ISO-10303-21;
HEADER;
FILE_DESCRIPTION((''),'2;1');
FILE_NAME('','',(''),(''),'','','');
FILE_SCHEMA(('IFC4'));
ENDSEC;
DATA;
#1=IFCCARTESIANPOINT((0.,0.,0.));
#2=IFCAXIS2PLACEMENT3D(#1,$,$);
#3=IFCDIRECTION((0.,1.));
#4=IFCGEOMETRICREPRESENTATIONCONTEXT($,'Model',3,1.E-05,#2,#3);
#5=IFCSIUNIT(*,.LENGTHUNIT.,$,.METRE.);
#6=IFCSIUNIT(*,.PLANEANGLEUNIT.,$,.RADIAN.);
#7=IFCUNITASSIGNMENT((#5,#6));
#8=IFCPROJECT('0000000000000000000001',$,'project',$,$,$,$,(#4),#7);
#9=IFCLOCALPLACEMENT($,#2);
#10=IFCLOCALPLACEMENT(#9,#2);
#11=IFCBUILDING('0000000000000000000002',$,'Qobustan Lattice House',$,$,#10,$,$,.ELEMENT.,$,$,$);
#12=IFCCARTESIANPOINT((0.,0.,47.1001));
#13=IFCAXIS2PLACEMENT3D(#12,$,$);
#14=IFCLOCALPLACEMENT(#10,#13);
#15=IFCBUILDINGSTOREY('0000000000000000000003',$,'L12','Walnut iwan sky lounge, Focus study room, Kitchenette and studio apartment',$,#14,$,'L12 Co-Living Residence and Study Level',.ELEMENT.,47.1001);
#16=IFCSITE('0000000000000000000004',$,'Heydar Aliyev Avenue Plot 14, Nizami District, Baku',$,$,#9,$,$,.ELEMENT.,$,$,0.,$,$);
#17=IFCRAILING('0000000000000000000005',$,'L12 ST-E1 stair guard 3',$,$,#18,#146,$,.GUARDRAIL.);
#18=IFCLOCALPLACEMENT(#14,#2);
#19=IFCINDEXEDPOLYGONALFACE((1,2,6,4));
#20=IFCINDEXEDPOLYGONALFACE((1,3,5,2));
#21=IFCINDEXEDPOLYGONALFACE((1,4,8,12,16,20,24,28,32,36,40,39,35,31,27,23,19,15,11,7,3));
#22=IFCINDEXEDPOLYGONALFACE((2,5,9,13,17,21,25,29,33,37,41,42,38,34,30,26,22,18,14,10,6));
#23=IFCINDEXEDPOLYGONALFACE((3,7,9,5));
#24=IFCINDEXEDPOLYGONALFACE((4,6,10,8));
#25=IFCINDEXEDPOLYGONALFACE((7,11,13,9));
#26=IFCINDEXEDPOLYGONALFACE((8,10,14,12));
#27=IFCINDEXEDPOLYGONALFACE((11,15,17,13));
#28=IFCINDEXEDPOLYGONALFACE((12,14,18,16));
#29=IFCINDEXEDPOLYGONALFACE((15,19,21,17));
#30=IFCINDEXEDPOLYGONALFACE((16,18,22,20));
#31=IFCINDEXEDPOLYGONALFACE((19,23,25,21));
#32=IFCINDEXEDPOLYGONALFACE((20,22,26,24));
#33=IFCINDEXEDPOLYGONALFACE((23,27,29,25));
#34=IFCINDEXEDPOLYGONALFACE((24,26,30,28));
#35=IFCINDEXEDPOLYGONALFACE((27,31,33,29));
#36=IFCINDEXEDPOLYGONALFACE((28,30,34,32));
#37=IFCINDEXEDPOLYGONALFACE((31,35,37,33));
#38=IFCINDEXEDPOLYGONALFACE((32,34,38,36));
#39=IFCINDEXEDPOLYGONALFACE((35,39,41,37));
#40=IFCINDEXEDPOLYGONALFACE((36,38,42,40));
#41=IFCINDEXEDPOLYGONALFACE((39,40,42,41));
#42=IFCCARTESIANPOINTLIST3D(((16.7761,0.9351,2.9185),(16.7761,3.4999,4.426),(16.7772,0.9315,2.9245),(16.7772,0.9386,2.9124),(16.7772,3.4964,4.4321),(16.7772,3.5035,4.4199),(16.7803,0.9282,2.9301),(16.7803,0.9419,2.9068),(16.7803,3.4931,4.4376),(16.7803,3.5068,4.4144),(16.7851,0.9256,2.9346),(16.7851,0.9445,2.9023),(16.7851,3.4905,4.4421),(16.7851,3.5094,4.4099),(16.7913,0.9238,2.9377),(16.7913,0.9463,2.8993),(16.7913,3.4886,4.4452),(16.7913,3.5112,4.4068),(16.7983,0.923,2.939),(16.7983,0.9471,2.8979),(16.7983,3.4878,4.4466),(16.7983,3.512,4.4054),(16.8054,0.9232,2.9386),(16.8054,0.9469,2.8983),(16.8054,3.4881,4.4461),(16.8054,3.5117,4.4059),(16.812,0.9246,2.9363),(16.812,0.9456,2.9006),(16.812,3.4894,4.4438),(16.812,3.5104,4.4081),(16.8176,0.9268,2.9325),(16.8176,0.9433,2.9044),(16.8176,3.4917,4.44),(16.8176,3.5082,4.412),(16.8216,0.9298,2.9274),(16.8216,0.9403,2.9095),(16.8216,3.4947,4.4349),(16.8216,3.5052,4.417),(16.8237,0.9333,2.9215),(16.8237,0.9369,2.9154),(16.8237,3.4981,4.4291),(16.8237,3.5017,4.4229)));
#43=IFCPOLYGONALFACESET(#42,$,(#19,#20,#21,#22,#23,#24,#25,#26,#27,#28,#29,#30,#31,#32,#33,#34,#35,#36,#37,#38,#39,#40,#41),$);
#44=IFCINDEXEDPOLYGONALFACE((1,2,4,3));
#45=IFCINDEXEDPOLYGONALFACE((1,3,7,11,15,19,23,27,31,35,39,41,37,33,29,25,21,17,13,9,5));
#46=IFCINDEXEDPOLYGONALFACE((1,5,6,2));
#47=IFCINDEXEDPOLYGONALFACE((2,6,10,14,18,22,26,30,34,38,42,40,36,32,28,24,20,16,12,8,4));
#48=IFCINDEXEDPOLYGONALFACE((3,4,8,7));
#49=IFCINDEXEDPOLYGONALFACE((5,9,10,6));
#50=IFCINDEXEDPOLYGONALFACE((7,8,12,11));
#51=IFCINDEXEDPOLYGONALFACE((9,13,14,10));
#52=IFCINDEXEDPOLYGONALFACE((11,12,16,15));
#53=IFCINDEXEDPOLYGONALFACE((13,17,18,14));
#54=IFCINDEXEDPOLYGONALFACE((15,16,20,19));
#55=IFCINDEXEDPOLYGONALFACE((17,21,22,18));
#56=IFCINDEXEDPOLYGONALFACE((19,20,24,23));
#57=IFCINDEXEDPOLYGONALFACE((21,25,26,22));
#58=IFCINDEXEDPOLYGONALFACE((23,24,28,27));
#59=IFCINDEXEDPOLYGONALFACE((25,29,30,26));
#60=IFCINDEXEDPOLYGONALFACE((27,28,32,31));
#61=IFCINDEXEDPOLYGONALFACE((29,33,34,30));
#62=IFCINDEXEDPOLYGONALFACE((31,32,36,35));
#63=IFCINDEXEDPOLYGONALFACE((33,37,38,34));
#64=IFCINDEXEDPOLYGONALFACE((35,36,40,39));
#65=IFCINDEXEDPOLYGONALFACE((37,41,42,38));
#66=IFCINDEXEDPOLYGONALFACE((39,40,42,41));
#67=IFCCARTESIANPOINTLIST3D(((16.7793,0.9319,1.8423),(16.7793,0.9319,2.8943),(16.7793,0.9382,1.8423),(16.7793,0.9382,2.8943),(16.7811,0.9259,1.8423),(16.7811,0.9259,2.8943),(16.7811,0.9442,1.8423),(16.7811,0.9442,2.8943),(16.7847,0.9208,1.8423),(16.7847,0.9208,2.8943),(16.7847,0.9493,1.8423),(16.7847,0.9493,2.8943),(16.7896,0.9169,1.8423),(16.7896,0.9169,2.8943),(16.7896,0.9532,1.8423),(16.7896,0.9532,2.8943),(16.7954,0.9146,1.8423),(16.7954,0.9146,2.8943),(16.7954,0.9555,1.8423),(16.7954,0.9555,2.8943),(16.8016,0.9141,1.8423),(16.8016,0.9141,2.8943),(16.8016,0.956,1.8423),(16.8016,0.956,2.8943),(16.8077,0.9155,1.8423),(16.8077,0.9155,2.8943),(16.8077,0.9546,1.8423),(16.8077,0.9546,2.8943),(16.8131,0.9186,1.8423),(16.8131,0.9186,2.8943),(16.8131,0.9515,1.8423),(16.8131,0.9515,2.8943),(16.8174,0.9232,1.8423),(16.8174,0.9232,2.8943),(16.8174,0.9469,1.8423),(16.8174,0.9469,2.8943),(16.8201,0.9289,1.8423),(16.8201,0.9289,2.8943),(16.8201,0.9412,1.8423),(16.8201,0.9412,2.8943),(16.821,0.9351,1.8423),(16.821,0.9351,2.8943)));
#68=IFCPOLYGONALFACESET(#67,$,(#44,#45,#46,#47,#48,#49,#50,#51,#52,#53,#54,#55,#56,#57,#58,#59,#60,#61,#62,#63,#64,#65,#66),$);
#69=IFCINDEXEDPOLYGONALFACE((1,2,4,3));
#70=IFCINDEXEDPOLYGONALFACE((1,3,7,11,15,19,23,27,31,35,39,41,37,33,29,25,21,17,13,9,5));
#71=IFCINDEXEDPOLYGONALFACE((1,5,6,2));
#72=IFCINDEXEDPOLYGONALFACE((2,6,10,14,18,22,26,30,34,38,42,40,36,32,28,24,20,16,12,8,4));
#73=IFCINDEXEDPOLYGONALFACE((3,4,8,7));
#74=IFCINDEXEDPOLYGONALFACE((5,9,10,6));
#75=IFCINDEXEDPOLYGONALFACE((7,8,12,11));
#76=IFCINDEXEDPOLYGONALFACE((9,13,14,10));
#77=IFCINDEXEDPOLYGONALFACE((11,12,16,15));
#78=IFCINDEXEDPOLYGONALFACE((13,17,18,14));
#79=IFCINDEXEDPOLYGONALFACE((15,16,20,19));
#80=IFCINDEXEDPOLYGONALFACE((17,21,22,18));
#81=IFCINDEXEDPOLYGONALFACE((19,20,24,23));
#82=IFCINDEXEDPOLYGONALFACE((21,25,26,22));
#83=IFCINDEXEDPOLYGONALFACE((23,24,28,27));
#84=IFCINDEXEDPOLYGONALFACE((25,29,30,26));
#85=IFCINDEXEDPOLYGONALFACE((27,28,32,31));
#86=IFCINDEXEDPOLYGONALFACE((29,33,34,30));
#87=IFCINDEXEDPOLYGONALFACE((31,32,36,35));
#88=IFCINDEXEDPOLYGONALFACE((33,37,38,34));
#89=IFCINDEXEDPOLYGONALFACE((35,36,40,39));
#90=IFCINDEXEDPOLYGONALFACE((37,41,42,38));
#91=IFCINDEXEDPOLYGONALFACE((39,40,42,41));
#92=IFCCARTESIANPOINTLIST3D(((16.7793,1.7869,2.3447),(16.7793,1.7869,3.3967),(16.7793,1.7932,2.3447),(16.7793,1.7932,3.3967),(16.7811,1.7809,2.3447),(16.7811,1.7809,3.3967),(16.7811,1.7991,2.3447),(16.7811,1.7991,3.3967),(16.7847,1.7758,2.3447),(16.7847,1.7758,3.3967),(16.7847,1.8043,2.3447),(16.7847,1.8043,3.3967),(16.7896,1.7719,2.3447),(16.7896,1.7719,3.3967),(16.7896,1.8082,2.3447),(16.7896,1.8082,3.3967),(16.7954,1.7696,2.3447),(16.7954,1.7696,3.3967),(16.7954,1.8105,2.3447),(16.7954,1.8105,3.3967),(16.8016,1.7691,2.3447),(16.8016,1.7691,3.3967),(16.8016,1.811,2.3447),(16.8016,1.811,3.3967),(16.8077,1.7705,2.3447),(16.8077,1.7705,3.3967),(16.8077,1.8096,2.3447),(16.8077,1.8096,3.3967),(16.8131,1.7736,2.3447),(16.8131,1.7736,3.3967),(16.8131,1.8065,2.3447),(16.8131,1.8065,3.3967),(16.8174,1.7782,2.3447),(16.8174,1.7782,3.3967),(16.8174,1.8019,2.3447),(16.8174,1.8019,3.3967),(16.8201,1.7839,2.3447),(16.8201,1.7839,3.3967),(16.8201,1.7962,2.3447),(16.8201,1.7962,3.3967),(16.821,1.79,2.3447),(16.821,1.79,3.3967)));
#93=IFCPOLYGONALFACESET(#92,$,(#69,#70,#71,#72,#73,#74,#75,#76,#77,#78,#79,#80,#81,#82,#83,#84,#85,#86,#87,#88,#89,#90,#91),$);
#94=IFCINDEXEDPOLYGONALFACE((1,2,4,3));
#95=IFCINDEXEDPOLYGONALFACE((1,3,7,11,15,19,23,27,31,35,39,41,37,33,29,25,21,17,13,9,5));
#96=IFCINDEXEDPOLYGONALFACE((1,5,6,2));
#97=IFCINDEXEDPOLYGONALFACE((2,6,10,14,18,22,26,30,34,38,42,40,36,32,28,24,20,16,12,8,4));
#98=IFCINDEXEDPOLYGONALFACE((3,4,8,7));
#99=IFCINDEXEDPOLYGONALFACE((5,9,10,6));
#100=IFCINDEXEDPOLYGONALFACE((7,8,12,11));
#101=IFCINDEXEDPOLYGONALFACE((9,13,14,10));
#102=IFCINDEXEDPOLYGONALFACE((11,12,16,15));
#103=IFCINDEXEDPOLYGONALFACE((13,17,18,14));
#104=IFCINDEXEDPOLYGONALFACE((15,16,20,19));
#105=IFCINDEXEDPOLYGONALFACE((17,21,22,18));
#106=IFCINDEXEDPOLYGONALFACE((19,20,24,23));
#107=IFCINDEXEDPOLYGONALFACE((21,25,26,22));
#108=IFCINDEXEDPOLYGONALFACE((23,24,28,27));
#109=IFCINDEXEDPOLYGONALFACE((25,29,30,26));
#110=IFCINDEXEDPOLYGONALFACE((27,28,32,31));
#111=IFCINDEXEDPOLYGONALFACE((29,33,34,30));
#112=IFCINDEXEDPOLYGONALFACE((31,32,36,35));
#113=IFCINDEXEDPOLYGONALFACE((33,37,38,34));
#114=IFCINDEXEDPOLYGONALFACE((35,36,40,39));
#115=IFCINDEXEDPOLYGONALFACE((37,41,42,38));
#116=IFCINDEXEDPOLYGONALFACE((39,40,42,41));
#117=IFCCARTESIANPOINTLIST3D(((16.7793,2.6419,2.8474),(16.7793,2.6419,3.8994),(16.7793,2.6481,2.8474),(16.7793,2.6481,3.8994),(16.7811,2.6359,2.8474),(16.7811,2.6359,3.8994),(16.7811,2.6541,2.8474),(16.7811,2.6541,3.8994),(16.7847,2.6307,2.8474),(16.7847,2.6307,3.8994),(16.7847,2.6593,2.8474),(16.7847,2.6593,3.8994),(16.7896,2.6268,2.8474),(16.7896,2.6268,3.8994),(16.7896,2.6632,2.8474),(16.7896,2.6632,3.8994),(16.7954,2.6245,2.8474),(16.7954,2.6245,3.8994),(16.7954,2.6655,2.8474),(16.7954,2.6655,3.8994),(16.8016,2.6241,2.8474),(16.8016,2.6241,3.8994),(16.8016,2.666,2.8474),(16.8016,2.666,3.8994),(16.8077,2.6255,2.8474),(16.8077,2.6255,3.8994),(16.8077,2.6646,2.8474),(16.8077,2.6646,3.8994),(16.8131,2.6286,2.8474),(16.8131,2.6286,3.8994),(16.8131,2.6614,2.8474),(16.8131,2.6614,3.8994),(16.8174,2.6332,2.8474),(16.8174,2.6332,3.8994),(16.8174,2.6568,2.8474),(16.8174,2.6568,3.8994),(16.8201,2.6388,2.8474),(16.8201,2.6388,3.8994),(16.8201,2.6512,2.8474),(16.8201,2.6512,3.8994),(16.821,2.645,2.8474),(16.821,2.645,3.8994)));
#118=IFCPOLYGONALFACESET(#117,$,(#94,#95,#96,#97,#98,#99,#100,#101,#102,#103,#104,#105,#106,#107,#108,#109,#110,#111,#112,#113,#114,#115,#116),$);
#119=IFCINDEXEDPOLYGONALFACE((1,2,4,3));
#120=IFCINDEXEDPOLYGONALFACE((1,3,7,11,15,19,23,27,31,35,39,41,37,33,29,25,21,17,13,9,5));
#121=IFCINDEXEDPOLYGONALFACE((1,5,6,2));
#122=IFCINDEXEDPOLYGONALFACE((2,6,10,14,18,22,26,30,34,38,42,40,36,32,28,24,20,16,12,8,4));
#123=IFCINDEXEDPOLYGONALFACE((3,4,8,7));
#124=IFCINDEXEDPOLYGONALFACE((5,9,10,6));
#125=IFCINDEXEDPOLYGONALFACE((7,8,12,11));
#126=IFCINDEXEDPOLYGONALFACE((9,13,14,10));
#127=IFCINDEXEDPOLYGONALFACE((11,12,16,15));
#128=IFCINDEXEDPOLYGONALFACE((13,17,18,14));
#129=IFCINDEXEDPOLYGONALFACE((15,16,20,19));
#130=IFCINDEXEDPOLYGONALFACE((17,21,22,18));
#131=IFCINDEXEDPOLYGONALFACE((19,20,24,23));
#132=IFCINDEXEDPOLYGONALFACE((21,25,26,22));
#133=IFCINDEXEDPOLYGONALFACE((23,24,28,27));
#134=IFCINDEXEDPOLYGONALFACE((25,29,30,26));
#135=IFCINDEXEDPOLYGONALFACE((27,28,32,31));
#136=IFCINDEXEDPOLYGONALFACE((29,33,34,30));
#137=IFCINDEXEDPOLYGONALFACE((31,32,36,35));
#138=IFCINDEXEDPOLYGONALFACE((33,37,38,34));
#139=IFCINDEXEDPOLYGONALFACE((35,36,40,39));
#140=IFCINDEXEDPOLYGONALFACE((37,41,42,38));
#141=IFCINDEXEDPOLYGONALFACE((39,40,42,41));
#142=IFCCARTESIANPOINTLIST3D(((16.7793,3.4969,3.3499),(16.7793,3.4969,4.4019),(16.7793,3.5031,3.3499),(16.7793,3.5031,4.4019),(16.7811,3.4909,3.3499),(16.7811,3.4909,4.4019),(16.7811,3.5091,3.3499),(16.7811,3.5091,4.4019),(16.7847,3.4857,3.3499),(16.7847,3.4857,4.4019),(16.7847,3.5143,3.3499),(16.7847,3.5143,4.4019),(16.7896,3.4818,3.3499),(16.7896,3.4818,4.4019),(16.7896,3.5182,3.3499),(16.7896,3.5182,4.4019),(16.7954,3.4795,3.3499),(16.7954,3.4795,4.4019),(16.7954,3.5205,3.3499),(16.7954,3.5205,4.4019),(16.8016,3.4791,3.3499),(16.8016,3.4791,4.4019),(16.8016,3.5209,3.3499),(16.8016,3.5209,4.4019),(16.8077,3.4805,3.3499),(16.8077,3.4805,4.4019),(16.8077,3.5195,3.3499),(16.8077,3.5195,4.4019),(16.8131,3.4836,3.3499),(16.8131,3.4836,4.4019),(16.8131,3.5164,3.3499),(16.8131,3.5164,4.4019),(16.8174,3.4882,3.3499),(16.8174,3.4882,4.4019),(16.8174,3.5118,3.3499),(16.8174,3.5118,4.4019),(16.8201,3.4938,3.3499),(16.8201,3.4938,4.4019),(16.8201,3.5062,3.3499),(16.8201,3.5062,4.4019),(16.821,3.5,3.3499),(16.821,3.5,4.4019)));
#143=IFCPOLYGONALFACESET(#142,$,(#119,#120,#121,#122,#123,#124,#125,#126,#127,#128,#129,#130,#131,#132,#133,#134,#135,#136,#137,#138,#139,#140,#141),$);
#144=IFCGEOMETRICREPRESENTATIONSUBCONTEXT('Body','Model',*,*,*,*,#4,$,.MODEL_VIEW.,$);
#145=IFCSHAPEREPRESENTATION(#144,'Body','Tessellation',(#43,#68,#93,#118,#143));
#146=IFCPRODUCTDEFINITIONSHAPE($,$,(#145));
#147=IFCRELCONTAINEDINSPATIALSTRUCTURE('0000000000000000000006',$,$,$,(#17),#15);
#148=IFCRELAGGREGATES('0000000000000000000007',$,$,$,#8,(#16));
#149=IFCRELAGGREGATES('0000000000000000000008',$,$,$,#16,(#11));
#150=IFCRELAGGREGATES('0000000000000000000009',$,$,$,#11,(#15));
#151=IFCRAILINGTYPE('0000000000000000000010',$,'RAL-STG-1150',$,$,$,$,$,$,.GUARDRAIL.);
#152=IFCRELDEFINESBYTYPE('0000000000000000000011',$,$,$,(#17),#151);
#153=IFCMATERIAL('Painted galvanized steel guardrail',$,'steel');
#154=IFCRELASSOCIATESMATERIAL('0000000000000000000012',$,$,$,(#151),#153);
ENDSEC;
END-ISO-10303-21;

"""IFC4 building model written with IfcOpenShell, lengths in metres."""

from ifc_helpers import new_model, si_unit, direction, frame, origin, origin_2d, place, context, subcontext, project, spatial, circle, extrude, material, type_object, element, save


model = new_model("IFC4")

# Units and contexts
model_context = context("Model", 3, precision=1e-05, world=origin(), true_north=direction((0.0, 1.0)))
body_context = subcontext(model_context, "Body", "Model", "MODEL_VIEW")
ifc_project = project(units=[si_unit("LENGTHUNIT", "METRE"), si_unit("PLANEANGLEUNIT", "RADIAN")], contexts=[model_context])

# Site, building, storey
site_placement = place(None, origin())
site = spatial("IfcSite", under=ifc_project, at=site_placement, Name="Heydar Aliyev Avenue Plot 14, Nizami District, Baku", CompositionType="ELEMENT", RefElevation=0.0)
building_placement = place(site_placement, origin())
building = spatial("IfcBuilding", under=site, at=building_placement, Name="Qobustan Lattice House", CompositionType="ELEMENT")
storey_placement = place(building_placement, frame((0.0, 0.0, 47.1001)))
storey = spatial("IfcBuildingStorey", under=building, at=storey_placement, Name="L12", Description="Walnut iwan sky lounge, Focus study room, Kitchenette and studio apartment", LongName="L12 Co-Living Residence and Study Level", CompositionType="ELEMENT", Elevation=47.1001)

# Railing
ifc_material_1 = material(Name="Painted galvanized steel guardrail", Category="steel")
railing_type_1 = type_object("IfcRailingType", Name="RAL-STG-1150", PredefinedType="GUARDRAIL", material=ifc_material_1)
railing_1_placement = place(storey_placement, frame((16.8, 0.9351, 1.8423)))
element("IfcRailing", 1, at=railing_1_placement, inside=storey, type_object=railing_type_1, Name="L12 ST-E1 stair guard 3", PredefinedType="GUARDRAIL", context=body_context, shape_type="SweptSolid", body=[
    extrude(circle(Radius=0.0239, at=origin_2d()), frame((0.0, 0.0, 1.0762), z_axis=(0.0, 0.862113, 0.506715), x_axis=(-1.0, 0.0, 0.0)), (0.0, 0.0, 1.0), 2.9751),
    extrude(circle(Radius=0.021, at=origin_2d()), origin(), (0.0, 0.0, 1.0), 1.052),
    extrude(circle(Radius=0.021, at=origin_2d()), frame((0.0, 0.855, 0.5024)), (0.0, 0.0, 1.0), 1.052),
    extrude(circle(Radius=0.021, at=origin_2d()), frame((0.0, 1.71, 1.0051)), (0.0, 0.0, 1.0), 1.052),
    extrude(circle(Radius=0.021, at=origin_2d()), frame((0.0, 2.5649, 1.5076)), (0.0, 0.0, 1.0), 1.052),
])

save(model, "model.ifc")
